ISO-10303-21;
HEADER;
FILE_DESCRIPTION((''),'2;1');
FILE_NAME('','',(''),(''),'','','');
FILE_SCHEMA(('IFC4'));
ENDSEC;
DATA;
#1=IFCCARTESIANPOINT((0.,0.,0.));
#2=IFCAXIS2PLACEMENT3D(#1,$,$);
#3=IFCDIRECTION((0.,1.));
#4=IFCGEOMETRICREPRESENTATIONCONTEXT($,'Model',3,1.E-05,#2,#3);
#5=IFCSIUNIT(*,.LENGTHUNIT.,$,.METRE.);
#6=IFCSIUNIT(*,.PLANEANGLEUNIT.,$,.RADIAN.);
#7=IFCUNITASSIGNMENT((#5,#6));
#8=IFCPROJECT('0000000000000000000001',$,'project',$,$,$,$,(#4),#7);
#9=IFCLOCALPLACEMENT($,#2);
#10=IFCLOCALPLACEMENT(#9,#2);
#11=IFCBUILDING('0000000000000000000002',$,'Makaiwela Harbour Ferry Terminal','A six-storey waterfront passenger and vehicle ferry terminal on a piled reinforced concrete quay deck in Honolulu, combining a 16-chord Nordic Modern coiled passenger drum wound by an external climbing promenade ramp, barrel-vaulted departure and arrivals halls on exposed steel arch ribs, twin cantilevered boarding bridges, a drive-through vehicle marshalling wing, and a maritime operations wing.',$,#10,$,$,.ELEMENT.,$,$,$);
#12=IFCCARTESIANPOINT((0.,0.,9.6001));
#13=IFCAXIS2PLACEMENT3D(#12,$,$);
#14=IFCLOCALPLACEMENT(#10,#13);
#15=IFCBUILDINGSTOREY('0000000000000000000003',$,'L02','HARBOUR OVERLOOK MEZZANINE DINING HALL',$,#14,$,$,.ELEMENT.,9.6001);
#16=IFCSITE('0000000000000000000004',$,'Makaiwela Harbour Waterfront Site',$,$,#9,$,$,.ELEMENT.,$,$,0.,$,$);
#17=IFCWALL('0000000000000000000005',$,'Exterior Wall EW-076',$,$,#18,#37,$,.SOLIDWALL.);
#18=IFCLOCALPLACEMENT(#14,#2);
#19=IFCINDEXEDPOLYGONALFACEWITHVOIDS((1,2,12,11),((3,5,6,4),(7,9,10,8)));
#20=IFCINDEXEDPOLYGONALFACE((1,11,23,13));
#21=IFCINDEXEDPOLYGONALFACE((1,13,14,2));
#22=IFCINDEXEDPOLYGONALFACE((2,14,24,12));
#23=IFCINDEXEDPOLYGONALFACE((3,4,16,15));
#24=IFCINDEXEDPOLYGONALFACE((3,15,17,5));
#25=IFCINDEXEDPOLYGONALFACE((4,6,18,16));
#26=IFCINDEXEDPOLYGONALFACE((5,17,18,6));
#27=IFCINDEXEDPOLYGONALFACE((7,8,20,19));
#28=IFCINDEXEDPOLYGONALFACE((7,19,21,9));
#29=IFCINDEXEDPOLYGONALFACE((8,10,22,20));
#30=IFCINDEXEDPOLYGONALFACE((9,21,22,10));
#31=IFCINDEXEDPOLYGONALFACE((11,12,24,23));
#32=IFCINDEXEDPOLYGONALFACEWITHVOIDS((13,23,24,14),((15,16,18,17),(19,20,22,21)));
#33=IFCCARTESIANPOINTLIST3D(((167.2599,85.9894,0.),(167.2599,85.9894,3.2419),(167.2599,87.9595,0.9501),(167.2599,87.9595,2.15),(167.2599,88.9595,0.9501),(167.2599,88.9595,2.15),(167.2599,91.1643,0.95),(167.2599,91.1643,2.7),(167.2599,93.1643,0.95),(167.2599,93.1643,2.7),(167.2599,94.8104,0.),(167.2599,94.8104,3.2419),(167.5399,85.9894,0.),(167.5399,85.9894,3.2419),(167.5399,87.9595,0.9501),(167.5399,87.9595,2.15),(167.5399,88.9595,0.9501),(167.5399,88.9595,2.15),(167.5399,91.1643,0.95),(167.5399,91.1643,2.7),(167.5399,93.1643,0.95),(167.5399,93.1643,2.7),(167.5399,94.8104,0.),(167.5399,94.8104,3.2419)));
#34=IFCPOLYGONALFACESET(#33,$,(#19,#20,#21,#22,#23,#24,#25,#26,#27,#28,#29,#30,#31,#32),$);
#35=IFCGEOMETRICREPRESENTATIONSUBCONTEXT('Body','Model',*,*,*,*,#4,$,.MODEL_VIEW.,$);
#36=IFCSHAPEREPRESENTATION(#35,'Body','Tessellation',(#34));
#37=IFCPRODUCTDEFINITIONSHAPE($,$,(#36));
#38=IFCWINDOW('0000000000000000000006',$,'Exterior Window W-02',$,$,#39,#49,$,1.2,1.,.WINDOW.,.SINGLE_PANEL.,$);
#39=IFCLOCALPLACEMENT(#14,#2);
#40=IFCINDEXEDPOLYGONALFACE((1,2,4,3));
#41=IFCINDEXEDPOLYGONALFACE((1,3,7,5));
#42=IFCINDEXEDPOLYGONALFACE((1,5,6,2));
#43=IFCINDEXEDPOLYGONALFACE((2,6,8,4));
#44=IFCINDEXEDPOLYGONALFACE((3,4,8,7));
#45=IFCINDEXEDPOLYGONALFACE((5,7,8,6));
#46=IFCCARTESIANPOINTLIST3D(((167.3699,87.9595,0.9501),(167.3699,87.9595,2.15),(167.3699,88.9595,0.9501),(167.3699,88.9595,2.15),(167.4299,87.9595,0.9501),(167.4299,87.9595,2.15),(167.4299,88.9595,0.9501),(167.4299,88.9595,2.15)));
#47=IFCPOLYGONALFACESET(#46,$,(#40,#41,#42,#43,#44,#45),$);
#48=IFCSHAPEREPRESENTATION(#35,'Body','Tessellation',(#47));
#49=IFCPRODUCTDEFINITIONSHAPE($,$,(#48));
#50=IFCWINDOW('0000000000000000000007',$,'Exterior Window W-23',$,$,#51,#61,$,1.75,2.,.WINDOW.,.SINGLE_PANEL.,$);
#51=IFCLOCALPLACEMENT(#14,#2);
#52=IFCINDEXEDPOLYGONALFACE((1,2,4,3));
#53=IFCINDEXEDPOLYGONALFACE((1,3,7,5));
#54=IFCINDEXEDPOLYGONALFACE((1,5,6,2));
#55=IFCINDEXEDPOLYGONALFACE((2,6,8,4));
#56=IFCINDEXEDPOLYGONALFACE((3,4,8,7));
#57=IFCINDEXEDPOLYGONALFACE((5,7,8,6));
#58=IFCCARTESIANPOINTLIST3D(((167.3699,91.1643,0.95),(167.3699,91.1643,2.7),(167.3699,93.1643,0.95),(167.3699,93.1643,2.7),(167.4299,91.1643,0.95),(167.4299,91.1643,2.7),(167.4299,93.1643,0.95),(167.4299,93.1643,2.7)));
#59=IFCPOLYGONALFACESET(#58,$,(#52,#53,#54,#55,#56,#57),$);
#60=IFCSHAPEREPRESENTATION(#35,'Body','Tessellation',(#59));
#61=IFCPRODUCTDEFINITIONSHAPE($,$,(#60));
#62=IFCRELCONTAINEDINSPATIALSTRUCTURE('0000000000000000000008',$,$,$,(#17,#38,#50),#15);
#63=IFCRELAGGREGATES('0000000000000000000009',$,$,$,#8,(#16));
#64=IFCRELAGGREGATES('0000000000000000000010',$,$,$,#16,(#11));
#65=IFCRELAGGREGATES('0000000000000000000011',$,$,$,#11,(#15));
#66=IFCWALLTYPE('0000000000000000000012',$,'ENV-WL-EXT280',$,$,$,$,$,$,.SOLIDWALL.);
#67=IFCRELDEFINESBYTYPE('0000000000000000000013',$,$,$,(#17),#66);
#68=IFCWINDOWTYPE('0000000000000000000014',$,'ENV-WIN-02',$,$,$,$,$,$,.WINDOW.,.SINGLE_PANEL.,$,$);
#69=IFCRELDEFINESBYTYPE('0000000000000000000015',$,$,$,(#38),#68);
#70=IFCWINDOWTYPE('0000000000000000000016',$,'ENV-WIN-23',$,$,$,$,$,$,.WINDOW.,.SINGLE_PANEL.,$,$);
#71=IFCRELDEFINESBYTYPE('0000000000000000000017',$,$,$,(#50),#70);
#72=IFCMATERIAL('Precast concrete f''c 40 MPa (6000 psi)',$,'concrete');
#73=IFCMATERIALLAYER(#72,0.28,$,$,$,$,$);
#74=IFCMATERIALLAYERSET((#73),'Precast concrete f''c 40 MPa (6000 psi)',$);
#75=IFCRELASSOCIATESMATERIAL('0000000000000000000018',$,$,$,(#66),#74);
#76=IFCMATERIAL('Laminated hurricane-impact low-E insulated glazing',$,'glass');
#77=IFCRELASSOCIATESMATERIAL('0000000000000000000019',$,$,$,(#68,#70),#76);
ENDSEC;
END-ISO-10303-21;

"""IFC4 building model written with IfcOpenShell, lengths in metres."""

from ifc_helpers import new_model, si_unit, direction, frame, frame_2d, origin, place, context, subcontext, project, spatial, rectangle, extrude, material, layer, layer_set, type_object, element, fill, save


model = new_model("IFC4")

# Units and contexts
model_context = context("Model", 3, precision=1e-05, world=origin(), true_north=direction((0.0, 1.0)))
body_context = subcontext(model_context, "Body", "Model", "MODEL_VIEW")
ifc_project = project(units=[si_unit("LENGTHUNIT", "METRE"), si_unit("PLANEANGLEUNIT", "RADIAN")], contexts=[model_context])

# Site, building, storey
site_placement = place(None, origin())
site = spatial("IfcSite", under=ifc_project, at=site_placement, Name="Makaiwela Harbour Waterfront Site", CompositionType="ELEMENT", RefElevation=0.0)
building_placement = place(site_placement, origin())
building = spatial("IfcBuilding", under=site, at=building_placement, Name="Makaiwela Harbour Ferry Terminal", Description="A six-storey waterfront passenger and vehicle ferry terminal on a piled reinforced concrete quay deck in Honolulu, combining a 16-chord Nordic Modern coiled passenger drum wound by an external climbing promenade ramp, barrel-vaulted departure and arrivals halls on exposed steel arch ribs, twin cantilevered boarding bridges, a drive-through vehicle marshalling wing, and a maritime operations wing.", CompositionType="ELEMENT")
storey_placement = place(building_placement, frame((0.0, 0.0, 9.6001)))
storey = spatial("IfcBuildingStorey", under=building, at=storey_placement, Name="L02", Description="HARBOUR OVERLOOK MEZZANINE DINING HALL", CompositionType="ELEMENT", Elevation=9.6001)

# Shared definitions
ifc_material_1 = material(Name="Laminated hurricane-impact low-E insulated glazing", Category="glass")

# Wall, openings, windows
ifc_material_2 = material(Name="Precast concrete f'c 40 MPa (6000 psi)", Category="concrete")
ifc_layer_1 = layer(ifc_material_2, 0.28)
ifc_layer_set_1 = layer_set([ifc_layer_1], Name="Precast concrete f'c 40 MPa (6000 psi)")
wall_type = type_object("IfcWallType", Name="ENV-WL-EXT280", PredefinedType="SOLIDWALL", material=ifc_layer_set_1)
wall_placement = place(storey_placement, frame((167.3999, 94.8105, 0.0), z_axis=(0.0, 0.0, 1.0), x_axis=(0.0, -1.0, 0.0)))
wall = element("IfcWall", 1, at=wall_placement, inside=storey, type_object=wall_type, Name="Exterior Wall EW-076", PredefinedType="SOLIDWALL", context=body_context, shape_type="SweptSolid", body=[
    extrude(rectangle(XDim=8.821, YDim=0.28, at=frame_2d((4.4106, 0.0))), origin(), (0.0, 0.0, 1.0), 3.2419),
])
opening_1_placement = place(wall_placement, frame((1.6462, 0.0, 0.95)))
opening_1 = element("IfcOpeningElement", 2, at=opening_1_placement, cuts=wall, PredefinedType="OPENING", context=body_context, shape_type="SweptSolid", body=[
    extrude(rectangle(XDim=2.0, YDim=1.75, at=frame_2d((1.0, 0.875))), frame((0.0, 0.1499, 0.0), z_axis=(0.0, -1.0, 0.0), x_axis=(1.0, 0.0, 0.0)), (0.0, 0.0, 1.0), 0.3),
])
opening_2_placement = place(wall_placement, frame((5.8511, 0.0, 0.95)))
opening_2 = element("IfcOpeningElement", 3, at=opening_2_placement, cuts=wall, PredefinedType="OPENING", context=body_context, shape_type="SweptSolid", body=[
    extrude(rectangle(XDim=1.0, YDim=1.2, at=frame_2d((0.5, 0.6001))), frame((0.0, 0.1499, 0.0), z_axis=(0.0, -1.0, 0.0), x_axis=(1.0, 0.0, 0.0)), (0.0, 0.0, 1.0), 0.3),
])
window_type_1 = type_object("IfcWindowType", Name="ENV-WIN-02", PartitioningType="SINGLE_PANEL", PredefinedType="WINDOW", material=ifc_material_1)
window_1_placement = place(opening_2_placement, origin())
window_1 = element("IfcWindow", 4, at=window_1_placement, inside=storey, type_object=window_type_1, Name="Exterior Window W-02", OverallHeight=1.2, OverallWidth=1.0, PartitioningType="SINGLE_PANEL", PredefinedType="WINDOW", context=body_context, shape_type="SweptSolid", body=[
    extrude(rectangle(XDim=1.0, YDim=1.2, at=frame_2d((0.5, 0.6001))), frame((0.0, 0.03, 0.0), z_axis=(0.0, -1.0, 0.0), x_axis=(1.0, 0.0, 0.0)), (0.0, 0.0, 1.0), 0.0601),
])
fill(opening_2, window_1)
window_type_2 = type_object("IfcWindowType", Name="ENV-WIN-23", PartitioningType="SINGLE_PANEL", PredefinedType="WINDOW", material=ifc_material_1)
window_2_placement = place(opening_1_placement, origin())
window_2 = element("IfcWindow", 5, at=window_2_placement, inside=storey, type_object=window_type_2, Name="Exterior Window W-23", OverallHeight=1.75, OverallWidth=2.0, PartitioningType="SINGLE_PANEL", PredefinedType="WINDOW", context=body_context, shape_type="SweptSolid", body=[
    extrude(rectangle(XDim=2.0, YDim=1.75, at=frame_2d((1.0, 0.875))), frame((0.0, 0.03, 0.0), z_axis=(0.0, -1.0, 0.0), x_axis=(1.0, 0.0, 0.0)), (0.0, 0.0, 1.0), 0.0601),
])
fill(opening_1, window_2)

save(model, "model.ifc")
